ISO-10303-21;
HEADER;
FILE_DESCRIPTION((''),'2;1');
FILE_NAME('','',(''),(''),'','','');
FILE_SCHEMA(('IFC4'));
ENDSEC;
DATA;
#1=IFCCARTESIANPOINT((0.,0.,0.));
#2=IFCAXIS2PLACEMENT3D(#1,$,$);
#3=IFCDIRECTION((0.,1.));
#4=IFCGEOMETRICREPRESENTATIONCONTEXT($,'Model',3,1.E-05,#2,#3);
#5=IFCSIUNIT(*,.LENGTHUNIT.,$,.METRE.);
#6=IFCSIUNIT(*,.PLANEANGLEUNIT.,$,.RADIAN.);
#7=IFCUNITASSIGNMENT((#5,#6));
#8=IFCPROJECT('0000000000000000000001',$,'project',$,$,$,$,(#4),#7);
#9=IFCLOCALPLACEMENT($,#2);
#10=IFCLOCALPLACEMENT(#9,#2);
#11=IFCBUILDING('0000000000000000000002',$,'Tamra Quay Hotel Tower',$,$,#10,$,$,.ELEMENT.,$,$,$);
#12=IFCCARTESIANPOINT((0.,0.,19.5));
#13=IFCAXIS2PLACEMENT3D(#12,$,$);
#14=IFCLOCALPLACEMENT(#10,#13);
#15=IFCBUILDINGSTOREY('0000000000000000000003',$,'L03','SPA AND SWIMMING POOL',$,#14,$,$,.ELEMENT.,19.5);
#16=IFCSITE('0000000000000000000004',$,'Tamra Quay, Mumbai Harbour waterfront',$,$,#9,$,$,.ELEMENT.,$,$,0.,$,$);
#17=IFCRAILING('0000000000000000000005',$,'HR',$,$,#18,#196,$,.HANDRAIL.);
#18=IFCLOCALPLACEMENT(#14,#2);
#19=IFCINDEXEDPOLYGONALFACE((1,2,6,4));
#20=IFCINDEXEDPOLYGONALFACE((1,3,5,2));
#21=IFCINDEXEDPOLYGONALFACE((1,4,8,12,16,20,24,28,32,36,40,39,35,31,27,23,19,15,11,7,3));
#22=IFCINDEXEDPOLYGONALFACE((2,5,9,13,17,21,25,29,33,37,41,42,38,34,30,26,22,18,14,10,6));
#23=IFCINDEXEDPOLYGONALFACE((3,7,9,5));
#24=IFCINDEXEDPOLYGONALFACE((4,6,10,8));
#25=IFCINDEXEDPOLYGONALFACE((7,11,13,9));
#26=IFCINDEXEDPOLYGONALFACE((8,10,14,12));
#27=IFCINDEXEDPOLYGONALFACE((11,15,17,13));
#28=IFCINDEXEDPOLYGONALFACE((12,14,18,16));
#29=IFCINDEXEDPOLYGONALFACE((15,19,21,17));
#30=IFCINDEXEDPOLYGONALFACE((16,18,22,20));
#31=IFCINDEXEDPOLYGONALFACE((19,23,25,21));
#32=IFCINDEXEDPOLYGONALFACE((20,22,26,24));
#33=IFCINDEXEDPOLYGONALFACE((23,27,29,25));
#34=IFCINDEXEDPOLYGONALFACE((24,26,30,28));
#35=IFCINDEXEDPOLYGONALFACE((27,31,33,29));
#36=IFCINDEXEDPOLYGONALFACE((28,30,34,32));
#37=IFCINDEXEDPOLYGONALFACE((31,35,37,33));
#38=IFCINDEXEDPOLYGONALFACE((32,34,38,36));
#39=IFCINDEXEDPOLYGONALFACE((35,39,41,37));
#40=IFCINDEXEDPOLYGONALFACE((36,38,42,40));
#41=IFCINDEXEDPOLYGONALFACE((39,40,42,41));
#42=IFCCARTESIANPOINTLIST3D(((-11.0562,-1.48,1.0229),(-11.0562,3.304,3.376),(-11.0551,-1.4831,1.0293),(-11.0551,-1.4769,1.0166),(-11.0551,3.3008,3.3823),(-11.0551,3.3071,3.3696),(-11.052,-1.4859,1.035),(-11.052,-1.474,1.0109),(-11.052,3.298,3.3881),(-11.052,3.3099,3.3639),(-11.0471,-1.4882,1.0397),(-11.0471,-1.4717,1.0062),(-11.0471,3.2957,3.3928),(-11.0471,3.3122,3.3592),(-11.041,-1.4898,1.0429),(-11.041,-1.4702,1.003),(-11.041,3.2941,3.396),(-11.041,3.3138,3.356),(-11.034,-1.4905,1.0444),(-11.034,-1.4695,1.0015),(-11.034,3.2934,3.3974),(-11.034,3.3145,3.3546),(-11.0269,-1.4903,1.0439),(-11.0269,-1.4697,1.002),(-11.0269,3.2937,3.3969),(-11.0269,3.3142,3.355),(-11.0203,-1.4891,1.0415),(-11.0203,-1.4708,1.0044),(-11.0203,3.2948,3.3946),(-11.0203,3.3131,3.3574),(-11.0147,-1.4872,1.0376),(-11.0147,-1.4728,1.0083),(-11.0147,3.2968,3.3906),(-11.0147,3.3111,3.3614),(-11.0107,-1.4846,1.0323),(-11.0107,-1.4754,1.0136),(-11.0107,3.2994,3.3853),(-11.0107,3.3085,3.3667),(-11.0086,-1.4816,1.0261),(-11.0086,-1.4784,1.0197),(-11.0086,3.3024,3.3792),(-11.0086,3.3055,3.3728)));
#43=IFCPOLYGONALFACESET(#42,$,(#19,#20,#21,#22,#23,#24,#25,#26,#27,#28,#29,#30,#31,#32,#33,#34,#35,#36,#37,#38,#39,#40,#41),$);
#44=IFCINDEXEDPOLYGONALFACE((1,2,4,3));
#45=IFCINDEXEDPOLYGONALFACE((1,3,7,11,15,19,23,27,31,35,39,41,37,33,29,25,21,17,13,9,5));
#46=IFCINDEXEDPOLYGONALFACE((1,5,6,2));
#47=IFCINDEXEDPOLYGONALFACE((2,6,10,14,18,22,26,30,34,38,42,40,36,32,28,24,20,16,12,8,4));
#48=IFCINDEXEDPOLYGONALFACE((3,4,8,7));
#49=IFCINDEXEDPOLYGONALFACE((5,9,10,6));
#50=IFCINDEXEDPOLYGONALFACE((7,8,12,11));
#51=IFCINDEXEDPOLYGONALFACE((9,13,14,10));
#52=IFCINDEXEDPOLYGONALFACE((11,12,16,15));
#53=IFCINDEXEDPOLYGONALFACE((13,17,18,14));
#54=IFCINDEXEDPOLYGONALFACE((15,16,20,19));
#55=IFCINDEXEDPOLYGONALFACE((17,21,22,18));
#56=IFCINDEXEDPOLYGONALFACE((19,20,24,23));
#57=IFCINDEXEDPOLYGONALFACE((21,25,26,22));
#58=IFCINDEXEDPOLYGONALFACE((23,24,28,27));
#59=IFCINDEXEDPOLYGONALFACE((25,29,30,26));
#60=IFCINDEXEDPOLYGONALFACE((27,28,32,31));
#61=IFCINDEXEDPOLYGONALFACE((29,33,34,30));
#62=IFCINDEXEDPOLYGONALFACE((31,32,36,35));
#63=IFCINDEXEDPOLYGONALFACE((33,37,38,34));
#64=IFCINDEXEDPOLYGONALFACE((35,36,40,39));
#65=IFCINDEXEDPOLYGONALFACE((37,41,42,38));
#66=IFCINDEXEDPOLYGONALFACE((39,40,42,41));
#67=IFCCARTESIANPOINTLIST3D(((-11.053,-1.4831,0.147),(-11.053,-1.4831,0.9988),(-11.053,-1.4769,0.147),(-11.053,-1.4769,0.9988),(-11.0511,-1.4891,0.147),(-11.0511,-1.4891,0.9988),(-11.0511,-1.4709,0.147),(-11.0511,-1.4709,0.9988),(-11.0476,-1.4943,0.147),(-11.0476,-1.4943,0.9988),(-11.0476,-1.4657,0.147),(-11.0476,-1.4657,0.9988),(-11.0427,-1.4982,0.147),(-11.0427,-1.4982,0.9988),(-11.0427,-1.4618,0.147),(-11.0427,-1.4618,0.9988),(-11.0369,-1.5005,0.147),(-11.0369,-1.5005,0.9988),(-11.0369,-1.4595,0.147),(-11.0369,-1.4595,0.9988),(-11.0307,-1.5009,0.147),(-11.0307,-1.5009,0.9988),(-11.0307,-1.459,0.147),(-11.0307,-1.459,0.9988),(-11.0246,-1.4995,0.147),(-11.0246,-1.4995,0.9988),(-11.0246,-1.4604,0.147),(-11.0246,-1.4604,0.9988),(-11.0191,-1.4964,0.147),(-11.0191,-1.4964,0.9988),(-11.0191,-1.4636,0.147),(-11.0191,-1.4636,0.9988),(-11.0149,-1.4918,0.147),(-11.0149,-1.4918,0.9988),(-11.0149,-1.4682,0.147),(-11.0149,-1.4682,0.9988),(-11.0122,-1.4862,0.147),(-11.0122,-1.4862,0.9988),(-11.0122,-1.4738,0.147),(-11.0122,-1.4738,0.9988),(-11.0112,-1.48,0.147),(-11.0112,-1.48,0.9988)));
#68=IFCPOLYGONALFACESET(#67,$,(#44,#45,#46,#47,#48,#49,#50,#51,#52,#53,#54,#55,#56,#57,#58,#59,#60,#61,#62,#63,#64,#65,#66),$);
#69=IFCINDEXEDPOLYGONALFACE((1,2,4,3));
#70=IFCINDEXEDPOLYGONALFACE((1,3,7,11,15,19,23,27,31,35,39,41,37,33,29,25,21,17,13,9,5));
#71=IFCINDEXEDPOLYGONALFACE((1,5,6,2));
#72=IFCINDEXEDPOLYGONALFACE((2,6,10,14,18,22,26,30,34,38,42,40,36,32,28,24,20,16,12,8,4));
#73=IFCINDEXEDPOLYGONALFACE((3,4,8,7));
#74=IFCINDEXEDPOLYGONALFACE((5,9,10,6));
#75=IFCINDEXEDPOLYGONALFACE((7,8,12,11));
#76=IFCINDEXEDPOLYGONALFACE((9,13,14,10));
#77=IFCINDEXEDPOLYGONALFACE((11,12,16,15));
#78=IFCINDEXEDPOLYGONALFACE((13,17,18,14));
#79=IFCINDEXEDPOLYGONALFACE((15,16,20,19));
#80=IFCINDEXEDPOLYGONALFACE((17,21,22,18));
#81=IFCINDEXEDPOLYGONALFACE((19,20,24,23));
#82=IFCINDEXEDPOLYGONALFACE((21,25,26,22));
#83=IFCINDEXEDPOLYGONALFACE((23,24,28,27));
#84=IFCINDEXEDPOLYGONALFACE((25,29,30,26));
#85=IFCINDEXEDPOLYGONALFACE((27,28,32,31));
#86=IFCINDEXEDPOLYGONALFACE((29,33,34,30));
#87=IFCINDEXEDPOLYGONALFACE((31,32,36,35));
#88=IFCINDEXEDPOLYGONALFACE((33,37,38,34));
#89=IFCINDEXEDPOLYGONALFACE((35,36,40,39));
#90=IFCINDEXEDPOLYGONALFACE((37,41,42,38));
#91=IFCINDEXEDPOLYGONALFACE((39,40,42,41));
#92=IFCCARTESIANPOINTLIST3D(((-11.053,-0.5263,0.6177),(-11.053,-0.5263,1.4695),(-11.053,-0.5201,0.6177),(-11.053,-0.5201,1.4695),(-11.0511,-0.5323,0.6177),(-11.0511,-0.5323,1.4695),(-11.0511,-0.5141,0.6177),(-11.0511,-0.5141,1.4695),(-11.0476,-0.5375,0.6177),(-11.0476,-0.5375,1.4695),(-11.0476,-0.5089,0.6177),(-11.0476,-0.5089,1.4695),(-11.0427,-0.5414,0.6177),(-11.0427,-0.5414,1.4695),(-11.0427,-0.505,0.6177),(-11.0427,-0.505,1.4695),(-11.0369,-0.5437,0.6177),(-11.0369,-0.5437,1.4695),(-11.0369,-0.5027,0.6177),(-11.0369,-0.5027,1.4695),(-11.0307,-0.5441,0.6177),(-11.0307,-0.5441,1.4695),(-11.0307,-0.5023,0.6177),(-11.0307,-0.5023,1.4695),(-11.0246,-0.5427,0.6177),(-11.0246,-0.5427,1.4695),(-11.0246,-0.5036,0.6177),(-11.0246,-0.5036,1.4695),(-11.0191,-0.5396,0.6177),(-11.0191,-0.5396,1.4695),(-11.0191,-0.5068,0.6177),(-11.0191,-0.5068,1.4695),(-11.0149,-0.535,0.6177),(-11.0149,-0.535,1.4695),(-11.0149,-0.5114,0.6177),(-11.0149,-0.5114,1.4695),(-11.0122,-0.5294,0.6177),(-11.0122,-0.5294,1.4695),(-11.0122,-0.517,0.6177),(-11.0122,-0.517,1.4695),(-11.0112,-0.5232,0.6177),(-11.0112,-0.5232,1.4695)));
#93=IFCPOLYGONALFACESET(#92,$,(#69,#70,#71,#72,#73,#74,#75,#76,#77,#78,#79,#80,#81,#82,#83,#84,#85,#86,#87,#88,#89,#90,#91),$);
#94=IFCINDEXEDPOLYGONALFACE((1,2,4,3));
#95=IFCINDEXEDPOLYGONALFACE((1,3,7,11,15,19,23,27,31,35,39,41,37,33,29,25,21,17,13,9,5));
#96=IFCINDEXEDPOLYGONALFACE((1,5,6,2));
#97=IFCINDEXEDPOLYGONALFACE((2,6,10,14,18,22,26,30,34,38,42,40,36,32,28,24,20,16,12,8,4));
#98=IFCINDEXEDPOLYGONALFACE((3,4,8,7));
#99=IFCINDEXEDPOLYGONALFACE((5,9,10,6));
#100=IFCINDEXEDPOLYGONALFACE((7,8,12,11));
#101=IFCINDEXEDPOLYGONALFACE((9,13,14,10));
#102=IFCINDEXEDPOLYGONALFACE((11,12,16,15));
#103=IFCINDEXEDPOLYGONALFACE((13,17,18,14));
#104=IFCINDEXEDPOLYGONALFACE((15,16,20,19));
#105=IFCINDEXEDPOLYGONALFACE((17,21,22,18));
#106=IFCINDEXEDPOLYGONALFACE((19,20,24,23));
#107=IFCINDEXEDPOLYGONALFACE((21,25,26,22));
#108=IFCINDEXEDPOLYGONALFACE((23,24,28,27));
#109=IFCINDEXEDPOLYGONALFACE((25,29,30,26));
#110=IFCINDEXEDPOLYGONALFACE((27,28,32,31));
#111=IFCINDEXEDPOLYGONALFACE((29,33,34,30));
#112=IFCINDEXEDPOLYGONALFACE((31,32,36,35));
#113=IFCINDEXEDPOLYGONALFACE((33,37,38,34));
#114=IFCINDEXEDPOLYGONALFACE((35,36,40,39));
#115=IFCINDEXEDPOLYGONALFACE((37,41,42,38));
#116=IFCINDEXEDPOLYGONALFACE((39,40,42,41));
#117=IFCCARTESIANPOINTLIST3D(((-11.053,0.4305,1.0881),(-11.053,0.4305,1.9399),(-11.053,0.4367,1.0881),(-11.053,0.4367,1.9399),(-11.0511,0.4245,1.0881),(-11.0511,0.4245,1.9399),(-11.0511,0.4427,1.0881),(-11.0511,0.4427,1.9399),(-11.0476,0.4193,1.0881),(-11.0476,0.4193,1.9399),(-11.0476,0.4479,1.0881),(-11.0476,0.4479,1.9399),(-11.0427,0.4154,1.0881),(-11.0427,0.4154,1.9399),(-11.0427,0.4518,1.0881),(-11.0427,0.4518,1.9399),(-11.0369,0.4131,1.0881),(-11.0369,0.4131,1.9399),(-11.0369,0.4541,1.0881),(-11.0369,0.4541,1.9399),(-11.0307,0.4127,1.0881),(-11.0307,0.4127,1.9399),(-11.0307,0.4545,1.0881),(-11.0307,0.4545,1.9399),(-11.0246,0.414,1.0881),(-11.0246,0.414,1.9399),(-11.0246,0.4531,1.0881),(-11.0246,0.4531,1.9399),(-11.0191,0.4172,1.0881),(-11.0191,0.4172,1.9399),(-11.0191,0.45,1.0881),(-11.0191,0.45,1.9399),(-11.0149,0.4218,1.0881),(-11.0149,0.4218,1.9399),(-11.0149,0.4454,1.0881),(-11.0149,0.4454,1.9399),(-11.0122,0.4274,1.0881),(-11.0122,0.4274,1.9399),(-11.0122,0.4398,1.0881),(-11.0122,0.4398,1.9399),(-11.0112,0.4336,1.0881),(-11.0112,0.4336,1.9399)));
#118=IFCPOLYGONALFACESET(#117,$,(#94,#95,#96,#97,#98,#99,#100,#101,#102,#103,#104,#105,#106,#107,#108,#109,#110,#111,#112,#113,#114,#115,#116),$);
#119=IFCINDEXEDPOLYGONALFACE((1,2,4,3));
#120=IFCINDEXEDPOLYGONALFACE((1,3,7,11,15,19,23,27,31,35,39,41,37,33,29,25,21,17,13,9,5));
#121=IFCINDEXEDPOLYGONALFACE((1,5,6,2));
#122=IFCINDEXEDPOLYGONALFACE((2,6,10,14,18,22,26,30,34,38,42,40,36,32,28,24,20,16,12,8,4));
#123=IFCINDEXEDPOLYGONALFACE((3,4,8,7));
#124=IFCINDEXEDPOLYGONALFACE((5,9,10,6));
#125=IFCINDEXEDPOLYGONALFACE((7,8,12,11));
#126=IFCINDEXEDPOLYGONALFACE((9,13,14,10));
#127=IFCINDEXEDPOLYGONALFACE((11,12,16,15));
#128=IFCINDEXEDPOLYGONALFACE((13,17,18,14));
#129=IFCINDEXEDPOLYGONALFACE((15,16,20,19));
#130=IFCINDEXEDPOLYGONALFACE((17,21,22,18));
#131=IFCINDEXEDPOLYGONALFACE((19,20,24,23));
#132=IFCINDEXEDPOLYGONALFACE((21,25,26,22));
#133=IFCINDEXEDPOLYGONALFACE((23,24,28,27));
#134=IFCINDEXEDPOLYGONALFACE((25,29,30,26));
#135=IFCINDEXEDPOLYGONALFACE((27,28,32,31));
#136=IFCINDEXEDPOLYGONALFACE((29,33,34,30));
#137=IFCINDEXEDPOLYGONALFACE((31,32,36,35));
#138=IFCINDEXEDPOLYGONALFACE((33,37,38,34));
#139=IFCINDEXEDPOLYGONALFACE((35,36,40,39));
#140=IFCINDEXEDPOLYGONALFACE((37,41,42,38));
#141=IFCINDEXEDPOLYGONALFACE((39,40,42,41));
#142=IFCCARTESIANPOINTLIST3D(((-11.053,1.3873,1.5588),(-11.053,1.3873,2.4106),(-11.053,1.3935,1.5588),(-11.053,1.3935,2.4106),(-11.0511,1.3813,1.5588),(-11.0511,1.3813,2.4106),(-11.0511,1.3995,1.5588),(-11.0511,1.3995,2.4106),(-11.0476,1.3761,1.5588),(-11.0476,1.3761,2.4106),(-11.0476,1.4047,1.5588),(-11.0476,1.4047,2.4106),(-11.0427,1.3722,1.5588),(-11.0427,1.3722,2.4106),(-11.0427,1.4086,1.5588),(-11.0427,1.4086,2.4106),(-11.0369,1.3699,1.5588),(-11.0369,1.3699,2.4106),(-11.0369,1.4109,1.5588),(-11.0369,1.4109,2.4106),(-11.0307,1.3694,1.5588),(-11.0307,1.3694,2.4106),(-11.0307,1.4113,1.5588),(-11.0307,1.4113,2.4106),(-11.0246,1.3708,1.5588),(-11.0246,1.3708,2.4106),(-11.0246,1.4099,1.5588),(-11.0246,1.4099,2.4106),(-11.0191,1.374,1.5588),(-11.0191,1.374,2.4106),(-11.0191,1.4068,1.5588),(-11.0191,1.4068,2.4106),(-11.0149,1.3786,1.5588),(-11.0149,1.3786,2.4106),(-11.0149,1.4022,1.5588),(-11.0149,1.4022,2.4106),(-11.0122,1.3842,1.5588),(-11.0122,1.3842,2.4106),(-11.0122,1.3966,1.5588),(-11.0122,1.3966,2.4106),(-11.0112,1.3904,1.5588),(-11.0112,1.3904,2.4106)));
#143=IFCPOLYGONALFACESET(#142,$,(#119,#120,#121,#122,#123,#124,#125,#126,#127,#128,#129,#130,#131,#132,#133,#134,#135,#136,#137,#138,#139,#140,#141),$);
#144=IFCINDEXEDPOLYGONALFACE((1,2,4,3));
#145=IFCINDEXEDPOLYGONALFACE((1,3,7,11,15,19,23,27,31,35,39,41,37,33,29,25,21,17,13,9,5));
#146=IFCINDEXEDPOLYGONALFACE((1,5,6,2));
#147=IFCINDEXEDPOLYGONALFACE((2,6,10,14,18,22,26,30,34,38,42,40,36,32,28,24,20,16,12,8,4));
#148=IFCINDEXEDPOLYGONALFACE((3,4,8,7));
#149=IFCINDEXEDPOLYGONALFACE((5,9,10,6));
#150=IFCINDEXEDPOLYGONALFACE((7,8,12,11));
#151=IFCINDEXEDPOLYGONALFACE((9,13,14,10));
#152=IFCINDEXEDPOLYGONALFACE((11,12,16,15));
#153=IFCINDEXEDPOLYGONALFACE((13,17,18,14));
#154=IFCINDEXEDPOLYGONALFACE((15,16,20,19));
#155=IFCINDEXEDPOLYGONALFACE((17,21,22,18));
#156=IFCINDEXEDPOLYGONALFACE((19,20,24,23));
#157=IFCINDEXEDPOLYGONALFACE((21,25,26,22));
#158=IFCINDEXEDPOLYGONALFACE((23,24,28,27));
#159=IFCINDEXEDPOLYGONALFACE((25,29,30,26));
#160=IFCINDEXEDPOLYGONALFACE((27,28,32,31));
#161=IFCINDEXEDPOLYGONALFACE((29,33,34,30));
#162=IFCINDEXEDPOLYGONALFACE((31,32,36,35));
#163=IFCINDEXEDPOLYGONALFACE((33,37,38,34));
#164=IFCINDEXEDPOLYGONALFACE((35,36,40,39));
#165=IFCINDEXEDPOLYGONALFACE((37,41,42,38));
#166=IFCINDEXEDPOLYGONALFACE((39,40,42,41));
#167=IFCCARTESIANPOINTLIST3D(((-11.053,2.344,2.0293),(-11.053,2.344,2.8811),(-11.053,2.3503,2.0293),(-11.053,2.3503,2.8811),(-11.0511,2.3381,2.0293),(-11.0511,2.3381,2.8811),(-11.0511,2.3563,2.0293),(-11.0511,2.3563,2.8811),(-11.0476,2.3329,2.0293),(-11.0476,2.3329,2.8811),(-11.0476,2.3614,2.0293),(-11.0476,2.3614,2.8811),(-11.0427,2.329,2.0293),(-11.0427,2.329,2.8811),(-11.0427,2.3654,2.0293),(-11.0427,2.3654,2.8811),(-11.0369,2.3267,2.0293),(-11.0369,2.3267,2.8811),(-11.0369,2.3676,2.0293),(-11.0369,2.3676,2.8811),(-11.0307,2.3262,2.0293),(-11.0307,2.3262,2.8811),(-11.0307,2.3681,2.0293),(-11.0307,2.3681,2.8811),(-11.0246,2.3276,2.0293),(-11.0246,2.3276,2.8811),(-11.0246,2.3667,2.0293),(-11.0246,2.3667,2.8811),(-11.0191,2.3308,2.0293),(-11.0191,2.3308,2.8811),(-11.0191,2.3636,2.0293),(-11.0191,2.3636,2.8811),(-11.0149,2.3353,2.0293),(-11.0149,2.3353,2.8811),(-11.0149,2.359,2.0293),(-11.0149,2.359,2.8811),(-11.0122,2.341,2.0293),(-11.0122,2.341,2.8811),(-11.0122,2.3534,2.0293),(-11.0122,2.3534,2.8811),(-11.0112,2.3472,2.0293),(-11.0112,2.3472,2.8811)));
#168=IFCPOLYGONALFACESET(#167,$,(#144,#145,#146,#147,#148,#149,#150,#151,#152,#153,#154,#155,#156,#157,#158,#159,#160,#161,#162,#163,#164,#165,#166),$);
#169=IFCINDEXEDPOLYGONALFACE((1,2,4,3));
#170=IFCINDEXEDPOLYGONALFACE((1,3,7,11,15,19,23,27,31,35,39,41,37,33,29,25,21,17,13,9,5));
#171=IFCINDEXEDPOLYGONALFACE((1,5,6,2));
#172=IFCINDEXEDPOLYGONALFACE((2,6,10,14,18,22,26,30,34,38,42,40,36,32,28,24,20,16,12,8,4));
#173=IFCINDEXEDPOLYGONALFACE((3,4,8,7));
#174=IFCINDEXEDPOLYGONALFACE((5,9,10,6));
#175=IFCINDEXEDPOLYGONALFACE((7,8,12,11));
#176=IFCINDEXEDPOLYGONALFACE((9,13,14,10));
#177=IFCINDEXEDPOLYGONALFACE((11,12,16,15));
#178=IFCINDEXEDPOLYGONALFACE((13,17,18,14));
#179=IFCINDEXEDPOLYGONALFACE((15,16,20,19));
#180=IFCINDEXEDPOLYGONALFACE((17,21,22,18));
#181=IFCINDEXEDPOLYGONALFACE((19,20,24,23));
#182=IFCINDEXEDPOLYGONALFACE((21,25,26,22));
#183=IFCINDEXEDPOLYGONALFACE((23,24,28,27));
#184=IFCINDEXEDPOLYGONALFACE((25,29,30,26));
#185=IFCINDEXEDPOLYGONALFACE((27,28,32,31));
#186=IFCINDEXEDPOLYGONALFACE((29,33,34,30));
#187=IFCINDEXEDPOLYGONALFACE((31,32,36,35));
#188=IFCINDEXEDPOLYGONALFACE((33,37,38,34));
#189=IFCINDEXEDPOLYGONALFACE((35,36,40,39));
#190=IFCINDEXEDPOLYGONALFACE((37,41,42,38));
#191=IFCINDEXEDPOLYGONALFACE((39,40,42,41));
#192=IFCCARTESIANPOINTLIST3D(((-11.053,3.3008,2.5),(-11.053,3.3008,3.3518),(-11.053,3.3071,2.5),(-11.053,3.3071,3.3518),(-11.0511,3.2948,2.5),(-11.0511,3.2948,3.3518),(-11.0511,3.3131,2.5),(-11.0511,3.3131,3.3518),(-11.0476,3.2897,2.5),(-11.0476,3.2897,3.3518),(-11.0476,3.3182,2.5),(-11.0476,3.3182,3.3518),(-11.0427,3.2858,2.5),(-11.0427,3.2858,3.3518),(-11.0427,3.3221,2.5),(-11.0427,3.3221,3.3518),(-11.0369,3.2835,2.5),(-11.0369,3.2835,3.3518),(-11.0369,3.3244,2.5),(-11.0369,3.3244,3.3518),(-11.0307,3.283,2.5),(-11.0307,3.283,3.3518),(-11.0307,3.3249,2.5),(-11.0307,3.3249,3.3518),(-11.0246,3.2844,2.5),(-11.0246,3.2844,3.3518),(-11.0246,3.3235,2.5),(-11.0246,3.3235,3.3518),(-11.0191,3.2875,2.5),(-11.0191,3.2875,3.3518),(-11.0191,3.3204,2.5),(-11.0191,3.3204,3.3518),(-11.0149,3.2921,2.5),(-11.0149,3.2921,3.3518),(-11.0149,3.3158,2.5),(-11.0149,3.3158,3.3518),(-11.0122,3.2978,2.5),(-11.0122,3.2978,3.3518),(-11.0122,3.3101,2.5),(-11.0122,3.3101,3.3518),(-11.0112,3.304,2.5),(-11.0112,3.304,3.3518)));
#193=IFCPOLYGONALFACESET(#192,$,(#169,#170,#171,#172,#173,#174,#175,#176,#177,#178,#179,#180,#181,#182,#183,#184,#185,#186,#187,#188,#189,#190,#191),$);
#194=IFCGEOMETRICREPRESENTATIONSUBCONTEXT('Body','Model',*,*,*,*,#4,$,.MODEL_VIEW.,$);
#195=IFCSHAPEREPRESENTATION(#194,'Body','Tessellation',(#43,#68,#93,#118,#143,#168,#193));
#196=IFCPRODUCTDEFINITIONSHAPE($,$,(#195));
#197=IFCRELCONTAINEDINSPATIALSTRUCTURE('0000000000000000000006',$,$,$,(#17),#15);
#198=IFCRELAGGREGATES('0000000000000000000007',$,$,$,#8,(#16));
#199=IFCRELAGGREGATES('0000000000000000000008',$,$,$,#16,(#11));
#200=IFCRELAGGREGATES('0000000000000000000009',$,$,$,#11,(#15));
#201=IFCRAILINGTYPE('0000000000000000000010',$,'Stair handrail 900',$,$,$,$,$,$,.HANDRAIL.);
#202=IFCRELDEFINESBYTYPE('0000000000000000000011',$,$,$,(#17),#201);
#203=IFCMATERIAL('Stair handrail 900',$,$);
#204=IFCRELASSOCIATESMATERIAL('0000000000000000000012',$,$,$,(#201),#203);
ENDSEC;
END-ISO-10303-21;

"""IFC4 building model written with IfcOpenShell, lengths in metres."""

from ifc_helpers import new_model, si_unit, direction, frame, origin, origin_2d, place, context, subcontext, project, spatial, circle, extrude, material, type_object, element, save


model = new_model("IFC4")

# Units and contexts
model_context = context("Model", 3, precision=1e-05, world=origin(), true_north=direction((0.0, 1.0)))
body_context = subcontext(model_context, "Body", "Model", "MODEL_VIEW")
ifc_project = project(units=[si_unit("LENGTHUNIT", "METRE"), si_unit("PLANEANGLEUNIT", "RADIAN")], contexts=[model_context])

# Site, building, storey
site_placement = place(None, origin())
site = spatial("IfcSite", under=ifc_project, at=site_placement, Name="Tamra Quay, Mumbai Harbour waterfront", CompositionType="ELEMENT", RefElevation=0.0)
building_placement = place(site_placement, origin())
building = spatial("IfcBuilding", under=site, at=building_placement, Name="Tamra Quay Hotel Tower", CompositionType="ELEMENT")
storey_placement = place(building_placement, frame((0.0, 0.0, 19.5)))
storey = spatial("IfcBuildingStorey", under=building, at=storey_placement, Name="L03", Description="SPA AND SWIMMING POOL", CompositionType="ELEMENT", Elevation=19.5)

# Railing
ifc_material_1 = material(Name="Stair handrail 900")
railing_type_1 = type_object("IfcRailingType", Name="Stair handrail 900", PredefinedType="HANDRAIL", material=ifc_material_1)
railing_1_placement = place(storey_placement, frame((-11.0322, -1.48, 0.147)))
element("IfcRailing", 1, at=railing_1_placement, inside=storey, type_object=railing_type_1, Name="HR", PredefinedType="HANDRAIL", context=body_context, shape_type="SweptSolid", body=[
    extrude(circle(Radius=0.0239, at=origin_2d()), frame((0.0, 0.0, 0.876), z_axis=(0.0, 0.89733, 0.441361), x_axis=(-1.0, 0.0, 0.0)), (0.0, 0.0, 1.0), 5.3313),
    extrude(circle(Radius=0.021, at=origin_2d()), origin(), (0.0, 0.0, 1.0), 0.8518),
    extrude(circle(Radius=0.021, at=origin_2d()), frame((0.0, 0.9568, 0.4707)), (0.0, 0.0, 1.0), 0.8518),
    extrude(circle(Radius=0.021, at=origin_2d()), frame((0.0, 1.9136, 0.9412)), (0.0, 0.0, 1.0), 0.8518),
    extrude(circle(Radius=0.021, at=origin_2d()), frame((0.0, 2.8704, 1.4119)), (0.0, 0.0, 1.0), 0.8518),
    extrude(circle(Radius=0.021, at=origin_2d()), frame((0.0, 3.8271, 1.8823)), (0.0, 0.0, 1.0), 0.8518),
    extrude(circle(Radius=0.021, at=origin_2d()), frame((0.0, 4.7839, 2.353)), (0.0, 0.0, 1.0), 0.8518),
])

save(model, "model.ifc")
